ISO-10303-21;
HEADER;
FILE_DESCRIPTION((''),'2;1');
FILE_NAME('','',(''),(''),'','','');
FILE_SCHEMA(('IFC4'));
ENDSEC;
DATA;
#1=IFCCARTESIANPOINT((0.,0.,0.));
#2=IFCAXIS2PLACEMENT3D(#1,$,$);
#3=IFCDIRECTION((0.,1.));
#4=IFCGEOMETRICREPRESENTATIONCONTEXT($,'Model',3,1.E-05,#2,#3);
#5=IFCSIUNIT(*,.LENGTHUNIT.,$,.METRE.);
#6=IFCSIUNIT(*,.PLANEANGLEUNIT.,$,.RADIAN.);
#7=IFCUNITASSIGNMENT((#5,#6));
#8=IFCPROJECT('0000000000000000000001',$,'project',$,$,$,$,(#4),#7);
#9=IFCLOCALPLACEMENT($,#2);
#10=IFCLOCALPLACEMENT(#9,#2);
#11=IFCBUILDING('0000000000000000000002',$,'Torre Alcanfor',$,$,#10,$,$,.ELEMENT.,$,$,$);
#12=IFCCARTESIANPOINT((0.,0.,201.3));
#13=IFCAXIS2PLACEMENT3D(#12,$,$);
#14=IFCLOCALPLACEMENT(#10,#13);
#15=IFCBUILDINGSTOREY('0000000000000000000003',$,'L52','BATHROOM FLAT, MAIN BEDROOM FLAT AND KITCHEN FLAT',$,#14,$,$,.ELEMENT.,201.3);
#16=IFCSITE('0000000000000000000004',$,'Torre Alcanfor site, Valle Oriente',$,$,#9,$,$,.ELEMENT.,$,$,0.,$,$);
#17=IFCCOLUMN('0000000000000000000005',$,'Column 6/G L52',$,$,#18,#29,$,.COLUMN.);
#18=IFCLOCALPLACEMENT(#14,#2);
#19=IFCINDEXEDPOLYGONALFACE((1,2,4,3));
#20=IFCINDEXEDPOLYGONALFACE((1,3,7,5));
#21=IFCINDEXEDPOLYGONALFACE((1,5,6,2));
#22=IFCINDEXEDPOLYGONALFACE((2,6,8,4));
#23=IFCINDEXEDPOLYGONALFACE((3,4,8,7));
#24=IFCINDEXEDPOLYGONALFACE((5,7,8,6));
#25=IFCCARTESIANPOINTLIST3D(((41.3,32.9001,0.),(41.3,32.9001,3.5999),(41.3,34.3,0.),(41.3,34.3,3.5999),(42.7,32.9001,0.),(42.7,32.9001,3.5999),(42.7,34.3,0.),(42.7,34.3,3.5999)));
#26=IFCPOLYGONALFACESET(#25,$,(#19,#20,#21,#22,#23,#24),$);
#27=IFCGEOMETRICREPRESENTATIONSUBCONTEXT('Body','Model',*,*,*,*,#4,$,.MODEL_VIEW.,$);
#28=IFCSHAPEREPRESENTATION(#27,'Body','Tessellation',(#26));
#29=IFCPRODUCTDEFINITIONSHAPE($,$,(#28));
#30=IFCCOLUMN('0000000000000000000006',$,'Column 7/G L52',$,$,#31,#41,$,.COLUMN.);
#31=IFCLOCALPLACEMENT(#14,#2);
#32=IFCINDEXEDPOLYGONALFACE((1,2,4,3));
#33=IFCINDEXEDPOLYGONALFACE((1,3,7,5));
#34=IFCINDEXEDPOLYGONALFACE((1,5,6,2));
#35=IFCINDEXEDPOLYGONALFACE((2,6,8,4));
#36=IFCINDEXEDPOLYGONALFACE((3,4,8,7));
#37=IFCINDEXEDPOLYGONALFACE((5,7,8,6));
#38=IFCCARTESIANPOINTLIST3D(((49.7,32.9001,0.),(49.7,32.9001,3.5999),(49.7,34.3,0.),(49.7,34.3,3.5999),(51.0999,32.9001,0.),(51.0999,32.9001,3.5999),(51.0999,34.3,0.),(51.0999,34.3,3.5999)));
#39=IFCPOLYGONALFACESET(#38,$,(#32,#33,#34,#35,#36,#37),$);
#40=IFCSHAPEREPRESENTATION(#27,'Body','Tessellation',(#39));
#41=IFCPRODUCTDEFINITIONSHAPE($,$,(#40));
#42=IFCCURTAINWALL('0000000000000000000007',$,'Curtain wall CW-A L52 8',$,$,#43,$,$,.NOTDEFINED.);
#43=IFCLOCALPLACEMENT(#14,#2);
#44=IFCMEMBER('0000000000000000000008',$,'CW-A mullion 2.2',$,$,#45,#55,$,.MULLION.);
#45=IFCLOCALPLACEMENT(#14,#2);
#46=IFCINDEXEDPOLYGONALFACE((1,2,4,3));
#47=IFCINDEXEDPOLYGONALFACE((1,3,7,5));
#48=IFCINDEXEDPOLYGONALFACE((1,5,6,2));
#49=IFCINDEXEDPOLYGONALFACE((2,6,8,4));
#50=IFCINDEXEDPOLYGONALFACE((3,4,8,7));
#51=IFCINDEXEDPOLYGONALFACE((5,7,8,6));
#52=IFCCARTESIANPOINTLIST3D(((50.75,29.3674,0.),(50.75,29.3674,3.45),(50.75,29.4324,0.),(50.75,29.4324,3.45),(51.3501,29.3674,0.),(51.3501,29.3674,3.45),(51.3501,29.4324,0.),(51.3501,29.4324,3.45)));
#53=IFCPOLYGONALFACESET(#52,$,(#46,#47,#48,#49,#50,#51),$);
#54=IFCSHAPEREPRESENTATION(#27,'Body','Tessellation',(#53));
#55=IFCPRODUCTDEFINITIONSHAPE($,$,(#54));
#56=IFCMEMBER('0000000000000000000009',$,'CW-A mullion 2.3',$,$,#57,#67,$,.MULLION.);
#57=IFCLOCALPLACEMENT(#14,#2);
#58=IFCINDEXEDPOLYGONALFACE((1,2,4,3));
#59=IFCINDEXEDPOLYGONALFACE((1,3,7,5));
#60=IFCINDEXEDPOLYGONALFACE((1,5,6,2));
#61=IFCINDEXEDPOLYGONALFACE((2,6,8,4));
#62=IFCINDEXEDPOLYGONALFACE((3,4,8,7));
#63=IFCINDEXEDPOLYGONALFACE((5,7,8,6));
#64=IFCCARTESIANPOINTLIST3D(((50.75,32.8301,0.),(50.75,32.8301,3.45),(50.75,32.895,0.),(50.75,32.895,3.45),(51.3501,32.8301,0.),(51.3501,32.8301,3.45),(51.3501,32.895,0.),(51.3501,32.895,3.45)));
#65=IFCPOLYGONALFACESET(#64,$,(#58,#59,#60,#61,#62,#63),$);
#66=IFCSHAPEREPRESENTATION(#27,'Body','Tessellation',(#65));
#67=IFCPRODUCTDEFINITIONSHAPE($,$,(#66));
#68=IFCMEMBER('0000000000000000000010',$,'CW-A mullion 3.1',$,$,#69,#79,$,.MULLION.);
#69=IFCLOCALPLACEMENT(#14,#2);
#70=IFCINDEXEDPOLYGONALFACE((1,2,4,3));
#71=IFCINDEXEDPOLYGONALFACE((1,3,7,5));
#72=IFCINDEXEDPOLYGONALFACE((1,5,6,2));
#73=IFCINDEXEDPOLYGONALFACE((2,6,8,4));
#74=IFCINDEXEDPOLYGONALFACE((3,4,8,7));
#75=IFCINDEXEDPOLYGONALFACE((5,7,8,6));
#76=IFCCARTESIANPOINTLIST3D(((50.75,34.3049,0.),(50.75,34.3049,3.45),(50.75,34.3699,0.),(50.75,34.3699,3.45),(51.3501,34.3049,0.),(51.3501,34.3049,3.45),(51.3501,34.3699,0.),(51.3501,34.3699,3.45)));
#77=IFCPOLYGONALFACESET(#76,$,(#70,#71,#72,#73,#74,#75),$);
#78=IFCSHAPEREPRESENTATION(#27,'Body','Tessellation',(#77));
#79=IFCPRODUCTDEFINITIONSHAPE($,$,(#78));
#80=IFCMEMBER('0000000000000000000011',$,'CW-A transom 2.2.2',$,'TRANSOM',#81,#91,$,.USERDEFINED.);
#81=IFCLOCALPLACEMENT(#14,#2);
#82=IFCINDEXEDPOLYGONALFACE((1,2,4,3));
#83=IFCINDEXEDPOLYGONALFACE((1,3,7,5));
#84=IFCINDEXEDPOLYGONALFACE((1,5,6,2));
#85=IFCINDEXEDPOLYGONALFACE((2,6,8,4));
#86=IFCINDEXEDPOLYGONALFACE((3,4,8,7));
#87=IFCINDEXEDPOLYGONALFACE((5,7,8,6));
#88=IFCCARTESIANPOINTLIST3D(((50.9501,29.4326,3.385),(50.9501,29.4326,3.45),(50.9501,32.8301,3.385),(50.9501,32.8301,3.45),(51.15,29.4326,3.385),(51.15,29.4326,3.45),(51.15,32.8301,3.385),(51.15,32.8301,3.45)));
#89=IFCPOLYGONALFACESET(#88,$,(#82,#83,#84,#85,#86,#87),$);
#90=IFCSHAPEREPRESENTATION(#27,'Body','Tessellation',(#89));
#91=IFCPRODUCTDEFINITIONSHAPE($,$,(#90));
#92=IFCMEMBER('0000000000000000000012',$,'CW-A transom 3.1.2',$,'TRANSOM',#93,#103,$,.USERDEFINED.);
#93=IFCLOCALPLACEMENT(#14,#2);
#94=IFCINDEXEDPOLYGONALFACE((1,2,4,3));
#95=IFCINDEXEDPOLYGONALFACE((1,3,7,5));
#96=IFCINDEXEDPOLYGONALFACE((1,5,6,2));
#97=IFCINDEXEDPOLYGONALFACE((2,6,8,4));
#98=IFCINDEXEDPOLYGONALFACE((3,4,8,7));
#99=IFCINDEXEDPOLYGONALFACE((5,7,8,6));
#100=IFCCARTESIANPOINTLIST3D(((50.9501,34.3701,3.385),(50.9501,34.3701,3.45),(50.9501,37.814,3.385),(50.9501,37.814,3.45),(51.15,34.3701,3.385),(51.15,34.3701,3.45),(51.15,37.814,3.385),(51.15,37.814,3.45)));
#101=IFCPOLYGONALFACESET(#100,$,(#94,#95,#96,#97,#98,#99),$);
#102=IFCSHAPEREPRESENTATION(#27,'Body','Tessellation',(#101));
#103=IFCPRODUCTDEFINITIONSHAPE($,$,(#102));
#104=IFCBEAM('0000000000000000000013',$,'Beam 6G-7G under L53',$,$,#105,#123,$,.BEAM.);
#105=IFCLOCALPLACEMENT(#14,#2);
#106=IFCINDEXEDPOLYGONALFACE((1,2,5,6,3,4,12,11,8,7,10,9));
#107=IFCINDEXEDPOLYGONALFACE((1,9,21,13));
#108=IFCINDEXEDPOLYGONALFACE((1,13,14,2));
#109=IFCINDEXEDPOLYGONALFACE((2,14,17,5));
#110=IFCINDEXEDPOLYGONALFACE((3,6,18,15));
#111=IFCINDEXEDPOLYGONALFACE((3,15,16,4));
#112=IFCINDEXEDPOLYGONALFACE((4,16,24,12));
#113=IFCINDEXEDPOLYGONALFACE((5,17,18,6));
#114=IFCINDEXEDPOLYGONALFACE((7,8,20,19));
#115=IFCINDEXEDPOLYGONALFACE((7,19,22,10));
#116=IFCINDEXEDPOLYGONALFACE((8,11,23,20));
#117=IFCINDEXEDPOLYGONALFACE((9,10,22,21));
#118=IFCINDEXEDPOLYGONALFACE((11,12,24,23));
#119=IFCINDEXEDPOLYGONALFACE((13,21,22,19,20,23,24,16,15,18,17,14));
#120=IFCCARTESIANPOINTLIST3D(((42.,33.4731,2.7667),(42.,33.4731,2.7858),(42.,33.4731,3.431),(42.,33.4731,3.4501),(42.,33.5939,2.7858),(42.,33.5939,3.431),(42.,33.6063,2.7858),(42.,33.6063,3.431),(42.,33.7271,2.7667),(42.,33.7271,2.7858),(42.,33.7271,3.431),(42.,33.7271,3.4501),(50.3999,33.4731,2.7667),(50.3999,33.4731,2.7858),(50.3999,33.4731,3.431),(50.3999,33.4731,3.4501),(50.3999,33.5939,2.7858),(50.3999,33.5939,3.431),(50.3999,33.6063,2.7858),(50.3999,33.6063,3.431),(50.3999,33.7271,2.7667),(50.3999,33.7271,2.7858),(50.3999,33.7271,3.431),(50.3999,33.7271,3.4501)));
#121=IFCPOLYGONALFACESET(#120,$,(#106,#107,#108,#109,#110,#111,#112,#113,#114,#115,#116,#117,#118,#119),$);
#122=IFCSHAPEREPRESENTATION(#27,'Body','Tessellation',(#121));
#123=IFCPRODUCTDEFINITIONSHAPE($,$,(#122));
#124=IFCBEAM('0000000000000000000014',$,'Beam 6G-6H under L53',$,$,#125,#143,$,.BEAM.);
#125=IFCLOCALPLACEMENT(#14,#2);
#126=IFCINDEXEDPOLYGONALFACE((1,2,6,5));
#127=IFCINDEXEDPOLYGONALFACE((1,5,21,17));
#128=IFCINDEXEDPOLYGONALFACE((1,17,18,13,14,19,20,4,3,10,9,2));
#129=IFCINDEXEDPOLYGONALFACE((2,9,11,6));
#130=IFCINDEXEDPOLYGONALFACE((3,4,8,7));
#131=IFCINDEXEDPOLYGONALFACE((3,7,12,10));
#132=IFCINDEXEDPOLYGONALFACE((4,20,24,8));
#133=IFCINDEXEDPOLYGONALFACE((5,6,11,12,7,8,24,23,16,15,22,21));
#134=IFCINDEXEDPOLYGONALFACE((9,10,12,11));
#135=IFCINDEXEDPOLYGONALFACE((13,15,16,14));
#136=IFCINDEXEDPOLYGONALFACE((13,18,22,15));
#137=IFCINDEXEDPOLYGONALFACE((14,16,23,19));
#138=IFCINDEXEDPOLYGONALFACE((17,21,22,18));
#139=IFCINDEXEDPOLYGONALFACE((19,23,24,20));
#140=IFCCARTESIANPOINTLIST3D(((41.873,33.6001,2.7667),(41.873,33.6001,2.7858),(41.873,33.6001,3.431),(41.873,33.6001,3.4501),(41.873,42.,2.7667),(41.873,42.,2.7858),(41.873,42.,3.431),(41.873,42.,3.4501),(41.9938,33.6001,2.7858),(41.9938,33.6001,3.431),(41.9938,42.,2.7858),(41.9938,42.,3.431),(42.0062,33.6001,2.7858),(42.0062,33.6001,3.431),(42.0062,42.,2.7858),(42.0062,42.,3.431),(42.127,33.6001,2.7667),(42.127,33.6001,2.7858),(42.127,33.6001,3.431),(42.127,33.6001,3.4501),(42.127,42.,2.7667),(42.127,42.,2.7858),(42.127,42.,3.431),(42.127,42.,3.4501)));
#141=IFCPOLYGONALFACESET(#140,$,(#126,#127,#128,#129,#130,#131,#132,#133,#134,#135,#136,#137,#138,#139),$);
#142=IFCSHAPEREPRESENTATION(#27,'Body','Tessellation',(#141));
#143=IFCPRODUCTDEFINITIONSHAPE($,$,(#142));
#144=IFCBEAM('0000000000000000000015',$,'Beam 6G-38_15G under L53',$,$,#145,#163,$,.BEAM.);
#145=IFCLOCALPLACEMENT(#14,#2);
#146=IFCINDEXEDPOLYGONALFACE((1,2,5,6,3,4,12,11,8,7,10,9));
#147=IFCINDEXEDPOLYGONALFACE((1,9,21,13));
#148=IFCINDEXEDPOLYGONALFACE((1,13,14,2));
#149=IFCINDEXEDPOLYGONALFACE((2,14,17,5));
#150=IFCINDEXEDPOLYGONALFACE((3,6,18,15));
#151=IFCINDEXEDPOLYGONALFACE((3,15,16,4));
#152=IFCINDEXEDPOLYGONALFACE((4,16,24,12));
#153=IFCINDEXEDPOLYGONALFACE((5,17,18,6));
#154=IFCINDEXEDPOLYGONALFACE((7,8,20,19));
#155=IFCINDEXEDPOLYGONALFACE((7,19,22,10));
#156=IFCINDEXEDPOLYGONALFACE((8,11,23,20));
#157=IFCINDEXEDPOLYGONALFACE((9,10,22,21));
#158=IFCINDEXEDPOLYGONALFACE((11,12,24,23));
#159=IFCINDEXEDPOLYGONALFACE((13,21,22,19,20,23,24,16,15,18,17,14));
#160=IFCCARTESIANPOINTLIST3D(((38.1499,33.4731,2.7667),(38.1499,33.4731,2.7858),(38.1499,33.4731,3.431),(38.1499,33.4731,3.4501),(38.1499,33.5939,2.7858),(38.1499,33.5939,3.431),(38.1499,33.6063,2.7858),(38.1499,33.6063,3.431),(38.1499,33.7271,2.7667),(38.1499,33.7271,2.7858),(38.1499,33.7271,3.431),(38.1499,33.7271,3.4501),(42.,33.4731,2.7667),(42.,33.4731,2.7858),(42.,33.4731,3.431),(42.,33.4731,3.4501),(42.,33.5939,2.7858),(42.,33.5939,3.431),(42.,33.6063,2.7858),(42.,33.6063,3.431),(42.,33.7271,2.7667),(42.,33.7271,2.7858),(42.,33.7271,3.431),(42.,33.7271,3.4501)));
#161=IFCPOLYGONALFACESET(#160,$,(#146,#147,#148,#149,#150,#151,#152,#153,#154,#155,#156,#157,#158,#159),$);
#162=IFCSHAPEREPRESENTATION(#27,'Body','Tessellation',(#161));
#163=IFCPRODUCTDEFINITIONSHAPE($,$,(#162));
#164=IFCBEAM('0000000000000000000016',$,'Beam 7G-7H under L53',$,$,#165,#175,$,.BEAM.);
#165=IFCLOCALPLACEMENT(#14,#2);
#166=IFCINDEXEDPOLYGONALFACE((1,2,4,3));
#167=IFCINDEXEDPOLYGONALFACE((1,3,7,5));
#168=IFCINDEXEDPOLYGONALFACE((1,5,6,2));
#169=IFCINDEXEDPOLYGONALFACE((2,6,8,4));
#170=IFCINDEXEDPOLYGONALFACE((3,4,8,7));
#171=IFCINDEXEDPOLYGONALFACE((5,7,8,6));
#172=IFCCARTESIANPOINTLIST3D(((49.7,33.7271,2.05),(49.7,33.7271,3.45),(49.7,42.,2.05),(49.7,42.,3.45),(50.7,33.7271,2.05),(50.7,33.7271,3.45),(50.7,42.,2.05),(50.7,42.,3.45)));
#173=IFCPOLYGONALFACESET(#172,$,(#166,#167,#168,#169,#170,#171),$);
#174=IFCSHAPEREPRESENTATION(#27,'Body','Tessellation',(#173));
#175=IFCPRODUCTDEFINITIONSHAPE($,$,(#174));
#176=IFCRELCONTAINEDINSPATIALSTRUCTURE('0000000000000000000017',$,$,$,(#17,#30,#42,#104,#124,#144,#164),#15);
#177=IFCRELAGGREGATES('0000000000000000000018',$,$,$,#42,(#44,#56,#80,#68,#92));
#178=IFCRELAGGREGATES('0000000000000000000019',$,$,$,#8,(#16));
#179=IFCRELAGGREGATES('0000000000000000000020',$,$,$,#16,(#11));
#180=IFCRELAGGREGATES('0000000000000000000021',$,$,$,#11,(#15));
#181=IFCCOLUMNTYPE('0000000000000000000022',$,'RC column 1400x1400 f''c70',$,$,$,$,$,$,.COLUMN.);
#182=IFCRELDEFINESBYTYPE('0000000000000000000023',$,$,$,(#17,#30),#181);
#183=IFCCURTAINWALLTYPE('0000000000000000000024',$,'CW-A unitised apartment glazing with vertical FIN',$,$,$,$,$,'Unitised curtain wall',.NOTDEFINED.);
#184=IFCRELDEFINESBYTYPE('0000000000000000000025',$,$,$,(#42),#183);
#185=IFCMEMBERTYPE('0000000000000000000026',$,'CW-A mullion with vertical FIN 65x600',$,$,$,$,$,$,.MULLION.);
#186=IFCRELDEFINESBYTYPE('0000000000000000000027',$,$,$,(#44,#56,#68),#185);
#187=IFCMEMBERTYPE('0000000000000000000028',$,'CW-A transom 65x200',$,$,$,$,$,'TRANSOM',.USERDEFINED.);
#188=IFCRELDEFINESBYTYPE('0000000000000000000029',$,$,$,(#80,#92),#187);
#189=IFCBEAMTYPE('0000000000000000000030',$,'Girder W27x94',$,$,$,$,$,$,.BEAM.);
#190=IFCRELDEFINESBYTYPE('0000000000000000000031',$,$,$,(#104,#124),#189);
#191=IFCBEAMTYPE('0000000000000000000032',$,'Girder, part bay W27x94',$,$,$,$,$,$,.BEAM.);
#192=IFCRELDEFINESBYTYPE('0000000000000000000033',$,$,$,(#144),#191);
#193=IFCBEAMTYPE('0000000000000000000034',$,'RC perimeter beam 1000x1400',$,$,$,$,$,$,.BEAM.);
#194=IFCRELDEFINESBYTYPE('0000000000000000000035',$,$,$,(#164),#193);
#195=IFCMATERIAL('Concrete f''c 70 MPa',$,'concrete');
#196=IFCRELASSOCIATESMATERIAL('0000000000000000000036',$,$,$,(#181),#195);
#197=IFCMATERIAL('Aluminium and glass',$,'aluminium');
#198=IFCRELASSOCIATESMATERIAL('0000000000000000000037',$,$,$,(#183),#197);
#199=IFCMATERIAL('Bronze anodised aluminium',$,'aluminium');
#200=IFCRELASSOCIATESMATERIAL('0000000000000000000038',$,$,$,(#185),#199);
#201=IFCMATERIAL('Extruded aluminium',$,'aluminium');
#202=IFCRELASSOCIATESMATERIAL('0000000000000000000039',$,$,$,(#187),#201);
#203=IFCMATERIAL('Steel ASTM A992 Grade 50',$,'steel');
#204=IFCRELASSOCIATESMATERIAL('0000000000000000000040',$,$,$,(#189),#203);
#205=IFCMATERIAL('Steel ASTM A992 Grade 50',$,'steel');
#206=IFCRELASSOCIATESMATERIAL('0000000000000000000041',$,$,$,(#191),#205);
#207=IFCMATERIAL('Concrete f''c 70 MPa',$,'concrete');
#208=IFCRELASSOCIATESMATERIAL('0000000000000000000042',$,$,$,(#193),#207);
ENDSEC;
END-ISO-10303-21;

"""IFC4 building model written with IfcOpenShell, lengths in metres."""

from ifc_helpers import new_model, si_unit, direction, frame, origin, origin_2d, place, context, subcontext, project, spatial, rectangle, i_section, extrude, material, material_profile, profile_set, type_object, element, aggregate, save


model = new_model("IFC4")

# Units and contexts
model_context = context("Model", 3, precision=1e-05, world=origin(), true_north=direction((0.0, 1.0)))
body_context = subcontext(model_context, "Body", "Model", "MODEL_VIEW")
ifc_project = project(units=[si_unit("LENGTHUNIT", "METRE"), si_unit("PLANEANGLEUNIT", "RADIAN")], contexts=[model_context])

# Site, building, storey
site_placement = place(None, origin())
site = spatial("IfcSite", under=ifc_project, at=site_placement, Name="Torre Alcanfor site, Valle Oriente", CompositionType="ELEMENT", RefElevation=0.0)
building_placement = place(site_placement, origin())
building = spatial("IfcBuilding", under=site, at=building_placement, Name="Torre Alcanfor", CompositionType="ELEMENT")
storey_placement = place(building_placement, frame((0.0, 0.0, 201.3)))
storey = spatial("IfcBuildingStorey", under=building, at=storey_placement, Name="L52", Description="BATHROOM FLAT, MAIN BEDROOM FLAT AND KITCHEN FLAT", CompositionType="ELEMENT", Elevation=201.3)

# Columns
ifc_material_1 = material(Name="Concrete f'c 70 MPa", Category="concrete")
ifc_material_profile_1 = material_profile(ifc_material_1, rectangle(XDim=1.3999, YDim=1.3999, at=origin_2d()), Name="1400x1400")
ifc_profile_set_1 = profile_set([ifc_material_profile_1], Name="Concrete f'c 70 MPa")
column_type = type_object("IfcColumnType", Name="RC column 1400x1400 f'c70", PredefinedType="COLUMN", material=ifc_profile_set_1)
for number, where, z_axis, x_axis, name in (
    (1, (42.0, 33.6001, 0.0), (0.0, 0.0, 1.0), (1.0, 0.0, 0.0), "Column 6/G L52"),
    (2, (50.3999, 33.6001, 0.0), (0.0, 0.0, 1.0), (1.0, 0.0, 0.0), "Column 7/G L52"),
):
    element("IfcColumn", number, at=place(storey_placement, frame(where, z_axis=z_axis, x_axis=x_axis)), inside=storey, type_object=column_type, Name=name, PredefinedType="COLUMN", context=body_context, shape_type="SweptSolid", body=[
        extrude(rectangle(XDim=1.3999, YDim=1.3999, at=origin_2d()), origin(), (0.0, 0.0, 1.0), 3.5999),
    ])

# Curtain wall, members
ifc_material_2 = material(Name="Aluminium and glass", Category="aluminium")
curtain_wall_type = type_object("IfcCurtainWallType", Name="CW-A unitised apartment glazing with vertical FIN", ElementType="Unitised curtain wall", PredefinedType="NOTDEFINED", material=ifc_material_2)
curtain_wall_placement = place(storey_placement, origin())
curtain_wall = element("IfcCurtainWall", 3, at=curtain_wall_placement, inside=storey, type_object=curtain_wall_type, Name="Curtain wall CW-A L52 8", PredefinedType="NOTDEFINED")
ifc_material_3 = material(Name="Bronze anodised aluminium", Category="aluminium")
ifc_material_profile_2 = material_profile(ifc_material_3, rectangle(XDim=0.6001, YDim=0.0649, at=origin_2d()), Name="CW-A mullion 65x600")
ifc_profile_set_2 = profile_set([ifc_material_profile_2], Name="Bronze anodised aluminium")
member_type_1 = type_object("IfcMemberType", Name="CW-A mullion with vertical FIN 65x600", PredefinedType="MULLION", material=ifc_profile_set_2)
member_1_placement = place(storey_placement, frame((51.05, 29.3999, 0.0), z_axis=(0.0, 0.0, 1.0), x_axis=(-1.0, 0.0, 0.0)))
member_1 = element("IfcMember", 4, at=member_1_placement, type_object=member_type_1, Name="CW-A mullion 2.2", PredefinedType="MULLION", context=body_context, shape_type="SweptSolid", body=[
    extrude(rectangle(XDim=0.6001, YDim=0.0649, at=origin_2d()), origin(), (0.0, 0.0, 1.0), 3.45),
])
member_2_placement = place(storey_placement, frame((51.05, 32.8625, 0.0), z_axis=(0.0, 0.0, 1.0), x_axis=(-1.0, 0.0, 0.0)))
member_2 = element("IfcMember", 5, at=member_2_placement, type_object=member_type_1, Name="CW-A mullion 2.3", PredefinedType="MULLION", context=body_context, shape_type="SweptSolid", body=[
    extrude(rectangle(XDim=0.6001, YDim=0.0649, at=origin_2d()), origin(), (0.0, 0.0, 1.0), 3.45),
])
member_3_placement = place(storey_placement, frame((51.05, 34.3374, 0.0), z_axis=(0.0, 0.0, 1.0), x_axis=(-1.0, 0.0, 0.0)))
member_3 = element("IfcMember", 6, at=member_3_placement, type_object=member_type_1, Name="CW-A mullion 3.1", PredefinedType="MULLION", context=body_context, shape_type="SweptSolid", body=[
    extrude(rectangle(XDim=0.6001, YDim=0.0649, at=origin_2d()), origin(), (0.0, 0.0, 1.0), 3.45),
])
ifc_material_4 = material(Name="Extruded aluminium", Category="aluminium")
ifc_material_profile_3 = material_profile(ifc_material_4, rectangle(XDim=0.2, YDim=0.0649, at=origin_2d()), Name="CW-A transom 200x65")
ifc_profile_set_3 = profile_set([ifc_material_profile_3], Name="Extruded aluminium")
member_type_2 = type_object("IfcMemberType", Name="CW-A transom 65x200", ElementType="TRANSOM", PredefinedType="USERDEFINED", material=ifc_profile_set_3)
member_4_placement = place(storey_placement, frame((51.05, 29.4326, 3.4175), z_axis=(0.0, 1.0, 0.0), x_axis=(-1.0, 0.0, 0.0)))
member_4 = element("IfcMember", 7, at=member_4_placement, type_object=member_type_2, Name="CW-A transom 2.2.2", ObjectType="TRANSOM", PredefinedType="USERDEFINED", context=body_context, shape_type="SweptSolid", body=[
    extrude(rectangle(XDim=0.2, YDim=0.0649, at=origin_2d()), origin(), (0.0, 0.0, 1.0), 3.3975),
])
member_5_placement = place(storey_placement, frame((51.05, 34.3701, 3.4175), z_axis=(0.0, 1.0, 0.0), x_axis=(-1.0, 0.0, 0.0)))
member_5 = element("IfcMember", 8, at=member_5_placement, type_object=member_type_2, Name="CW-A transom 3.1.2", ObjectType="TRANSOM", PredefinedType="USERDEFINED", context=body_context, shape_type="SweptSolid", body=[
    extrude(rectangle(XDim=0.2, YDim=0.0649, at=origin_2d()), origin(), (0.0, 0.0, 1.0), 3.4438),
])

# Beams
ifc_material_5 = material(Name="Steel ASTM A992 Grade 50", Category="steel")
ifc_material_profile_4 = material_profile(ifc_material_5, i_section(OverallWidth=0.2539, OverallDepth=0.6833, WebThickness=0.0125, FlangeThickness=0.019, at=origin_2d()), Name="W27x94")
ifc_profile_set_4 = profile_set([ifc_material_profile_4], Name="Steel ASTM A992 Grade 50")
beam_type_1 = type_object("IfcBeamType", Name="Girder W27x94", PredefinedType="BEAM", material=ifc_profile_set_4)
for number, where, z_axis, x_axis, name in (
    (9, (42.0, 33.6001, 3.1084), (1.0, 0.0, 0.0), (0.0, 1.0, 0.0), "Beam 6G-7G under L53"),
    (10, (42.0, 33.6001, 3.1084), (0.0, 1.0, 0.0), (-1.0, 0.0, 0.0), "Beam 6G-6H under L53"),
):
    element("IfcBeam", number, at=place(storey_placement, frame(where, z_axis=z_axis, x_axis=x_axis)), inside=storey, type_object=beam_type_1, Name=name, PredefinedType="BEAM", context=body_context, shape_type="SweptSolid", body=[
        extrude(i_section(OverallWidth=0.2539, OverallDepth=0.6833, WebThickness=0.0125, FlangeThickness=0.019, at=origin_2d()), origin(), (0.0, 0.0, 1.0), 8.3999),
    ])
ifc_material_6 = material(Name="Steel ASTM A992 Grade 50", Category="steel")
ifc_material_profile_5 = material_profile(ifc_material_6, i_section(OverallWidth=0.2539, OverallDepth=0.6833, WebThickness=0.0125, FlangeThickness=0.019, at=origin_2d()), Name="W27x94")
ifc_profile_set_5 = profile_set([ifc_material_profile_5], Name="Steel ASTM A992 Grade 50")
beam_type_2 = type_object("IfcBeamType", Name="Girder, part bay W27x94", PredefinedType="BEAM", material=ifc_profile_set_5)
beam_1_placement = place(storey_placement, frame((42.0, 33.6001, 3.1084), z_axis=(-1.0, 0.0, 0.0), x_axis=(0.0, -1.0, 0.0)))
element("IfcBeam", 11, at=beam_1_placement, inside=storey, type_object=beam_type_2, Name="Beam 6G-38_15G under L53", PredefinedType="BEAM", context=body_context, shape_type="SweptSolid", body=[
    extrude(i_section(OverallWidth=0.2539, OverallDepth=0.6833, WebThickness=0.0125, FlangeThickness=0.019, at=origin_2d()), origin(), (0.0, 0.0, 1.0), 3.8501),
])
ifc_material_7 = material(Name="Concrete f'c 70 MPa", Category="concrete")
ifc_material_profile_6 = material_profile(ifc_material_7, rectangle(XDim=1.0, YDim=1.3999, at=origin_2d()), Name="1000x1400")
ifc_profile_set_6 = profile_set([ifc_material_profile_6], Name="Concrete f'c 70 MPa")
beam_type_3 = type_object("IfcBeamType", Name="RC perimeter beam 1000x1400", PredefinedType="BEAM", material=ifc_profile_set_6)
beam_2_placement = place(storey_placement, frame((50.2, 33.7271, 2.75), z_axis=(0.0, 1.0, 0.0), x_axis=(-1.0, 0.0, 0.0)))
element("IfcBeam", 12, at=beam_2_placement, inside=storey, type_object=beam_type_3, Name="Beam 7G-7H under L53", PredefinedType="BEAM", context=body_context, shape_type="SweptSolid", body=[
    extrude(rectangle(XDim=1.0, YDim=1.3999, at=origin_2d()), origin(), (0.0, 0.0, 1.0), 8.2729),
])

aggregate(curtain_wall, [member_1, member_2, member_4, member_3, member_5])

save(model, "model.ifc")
